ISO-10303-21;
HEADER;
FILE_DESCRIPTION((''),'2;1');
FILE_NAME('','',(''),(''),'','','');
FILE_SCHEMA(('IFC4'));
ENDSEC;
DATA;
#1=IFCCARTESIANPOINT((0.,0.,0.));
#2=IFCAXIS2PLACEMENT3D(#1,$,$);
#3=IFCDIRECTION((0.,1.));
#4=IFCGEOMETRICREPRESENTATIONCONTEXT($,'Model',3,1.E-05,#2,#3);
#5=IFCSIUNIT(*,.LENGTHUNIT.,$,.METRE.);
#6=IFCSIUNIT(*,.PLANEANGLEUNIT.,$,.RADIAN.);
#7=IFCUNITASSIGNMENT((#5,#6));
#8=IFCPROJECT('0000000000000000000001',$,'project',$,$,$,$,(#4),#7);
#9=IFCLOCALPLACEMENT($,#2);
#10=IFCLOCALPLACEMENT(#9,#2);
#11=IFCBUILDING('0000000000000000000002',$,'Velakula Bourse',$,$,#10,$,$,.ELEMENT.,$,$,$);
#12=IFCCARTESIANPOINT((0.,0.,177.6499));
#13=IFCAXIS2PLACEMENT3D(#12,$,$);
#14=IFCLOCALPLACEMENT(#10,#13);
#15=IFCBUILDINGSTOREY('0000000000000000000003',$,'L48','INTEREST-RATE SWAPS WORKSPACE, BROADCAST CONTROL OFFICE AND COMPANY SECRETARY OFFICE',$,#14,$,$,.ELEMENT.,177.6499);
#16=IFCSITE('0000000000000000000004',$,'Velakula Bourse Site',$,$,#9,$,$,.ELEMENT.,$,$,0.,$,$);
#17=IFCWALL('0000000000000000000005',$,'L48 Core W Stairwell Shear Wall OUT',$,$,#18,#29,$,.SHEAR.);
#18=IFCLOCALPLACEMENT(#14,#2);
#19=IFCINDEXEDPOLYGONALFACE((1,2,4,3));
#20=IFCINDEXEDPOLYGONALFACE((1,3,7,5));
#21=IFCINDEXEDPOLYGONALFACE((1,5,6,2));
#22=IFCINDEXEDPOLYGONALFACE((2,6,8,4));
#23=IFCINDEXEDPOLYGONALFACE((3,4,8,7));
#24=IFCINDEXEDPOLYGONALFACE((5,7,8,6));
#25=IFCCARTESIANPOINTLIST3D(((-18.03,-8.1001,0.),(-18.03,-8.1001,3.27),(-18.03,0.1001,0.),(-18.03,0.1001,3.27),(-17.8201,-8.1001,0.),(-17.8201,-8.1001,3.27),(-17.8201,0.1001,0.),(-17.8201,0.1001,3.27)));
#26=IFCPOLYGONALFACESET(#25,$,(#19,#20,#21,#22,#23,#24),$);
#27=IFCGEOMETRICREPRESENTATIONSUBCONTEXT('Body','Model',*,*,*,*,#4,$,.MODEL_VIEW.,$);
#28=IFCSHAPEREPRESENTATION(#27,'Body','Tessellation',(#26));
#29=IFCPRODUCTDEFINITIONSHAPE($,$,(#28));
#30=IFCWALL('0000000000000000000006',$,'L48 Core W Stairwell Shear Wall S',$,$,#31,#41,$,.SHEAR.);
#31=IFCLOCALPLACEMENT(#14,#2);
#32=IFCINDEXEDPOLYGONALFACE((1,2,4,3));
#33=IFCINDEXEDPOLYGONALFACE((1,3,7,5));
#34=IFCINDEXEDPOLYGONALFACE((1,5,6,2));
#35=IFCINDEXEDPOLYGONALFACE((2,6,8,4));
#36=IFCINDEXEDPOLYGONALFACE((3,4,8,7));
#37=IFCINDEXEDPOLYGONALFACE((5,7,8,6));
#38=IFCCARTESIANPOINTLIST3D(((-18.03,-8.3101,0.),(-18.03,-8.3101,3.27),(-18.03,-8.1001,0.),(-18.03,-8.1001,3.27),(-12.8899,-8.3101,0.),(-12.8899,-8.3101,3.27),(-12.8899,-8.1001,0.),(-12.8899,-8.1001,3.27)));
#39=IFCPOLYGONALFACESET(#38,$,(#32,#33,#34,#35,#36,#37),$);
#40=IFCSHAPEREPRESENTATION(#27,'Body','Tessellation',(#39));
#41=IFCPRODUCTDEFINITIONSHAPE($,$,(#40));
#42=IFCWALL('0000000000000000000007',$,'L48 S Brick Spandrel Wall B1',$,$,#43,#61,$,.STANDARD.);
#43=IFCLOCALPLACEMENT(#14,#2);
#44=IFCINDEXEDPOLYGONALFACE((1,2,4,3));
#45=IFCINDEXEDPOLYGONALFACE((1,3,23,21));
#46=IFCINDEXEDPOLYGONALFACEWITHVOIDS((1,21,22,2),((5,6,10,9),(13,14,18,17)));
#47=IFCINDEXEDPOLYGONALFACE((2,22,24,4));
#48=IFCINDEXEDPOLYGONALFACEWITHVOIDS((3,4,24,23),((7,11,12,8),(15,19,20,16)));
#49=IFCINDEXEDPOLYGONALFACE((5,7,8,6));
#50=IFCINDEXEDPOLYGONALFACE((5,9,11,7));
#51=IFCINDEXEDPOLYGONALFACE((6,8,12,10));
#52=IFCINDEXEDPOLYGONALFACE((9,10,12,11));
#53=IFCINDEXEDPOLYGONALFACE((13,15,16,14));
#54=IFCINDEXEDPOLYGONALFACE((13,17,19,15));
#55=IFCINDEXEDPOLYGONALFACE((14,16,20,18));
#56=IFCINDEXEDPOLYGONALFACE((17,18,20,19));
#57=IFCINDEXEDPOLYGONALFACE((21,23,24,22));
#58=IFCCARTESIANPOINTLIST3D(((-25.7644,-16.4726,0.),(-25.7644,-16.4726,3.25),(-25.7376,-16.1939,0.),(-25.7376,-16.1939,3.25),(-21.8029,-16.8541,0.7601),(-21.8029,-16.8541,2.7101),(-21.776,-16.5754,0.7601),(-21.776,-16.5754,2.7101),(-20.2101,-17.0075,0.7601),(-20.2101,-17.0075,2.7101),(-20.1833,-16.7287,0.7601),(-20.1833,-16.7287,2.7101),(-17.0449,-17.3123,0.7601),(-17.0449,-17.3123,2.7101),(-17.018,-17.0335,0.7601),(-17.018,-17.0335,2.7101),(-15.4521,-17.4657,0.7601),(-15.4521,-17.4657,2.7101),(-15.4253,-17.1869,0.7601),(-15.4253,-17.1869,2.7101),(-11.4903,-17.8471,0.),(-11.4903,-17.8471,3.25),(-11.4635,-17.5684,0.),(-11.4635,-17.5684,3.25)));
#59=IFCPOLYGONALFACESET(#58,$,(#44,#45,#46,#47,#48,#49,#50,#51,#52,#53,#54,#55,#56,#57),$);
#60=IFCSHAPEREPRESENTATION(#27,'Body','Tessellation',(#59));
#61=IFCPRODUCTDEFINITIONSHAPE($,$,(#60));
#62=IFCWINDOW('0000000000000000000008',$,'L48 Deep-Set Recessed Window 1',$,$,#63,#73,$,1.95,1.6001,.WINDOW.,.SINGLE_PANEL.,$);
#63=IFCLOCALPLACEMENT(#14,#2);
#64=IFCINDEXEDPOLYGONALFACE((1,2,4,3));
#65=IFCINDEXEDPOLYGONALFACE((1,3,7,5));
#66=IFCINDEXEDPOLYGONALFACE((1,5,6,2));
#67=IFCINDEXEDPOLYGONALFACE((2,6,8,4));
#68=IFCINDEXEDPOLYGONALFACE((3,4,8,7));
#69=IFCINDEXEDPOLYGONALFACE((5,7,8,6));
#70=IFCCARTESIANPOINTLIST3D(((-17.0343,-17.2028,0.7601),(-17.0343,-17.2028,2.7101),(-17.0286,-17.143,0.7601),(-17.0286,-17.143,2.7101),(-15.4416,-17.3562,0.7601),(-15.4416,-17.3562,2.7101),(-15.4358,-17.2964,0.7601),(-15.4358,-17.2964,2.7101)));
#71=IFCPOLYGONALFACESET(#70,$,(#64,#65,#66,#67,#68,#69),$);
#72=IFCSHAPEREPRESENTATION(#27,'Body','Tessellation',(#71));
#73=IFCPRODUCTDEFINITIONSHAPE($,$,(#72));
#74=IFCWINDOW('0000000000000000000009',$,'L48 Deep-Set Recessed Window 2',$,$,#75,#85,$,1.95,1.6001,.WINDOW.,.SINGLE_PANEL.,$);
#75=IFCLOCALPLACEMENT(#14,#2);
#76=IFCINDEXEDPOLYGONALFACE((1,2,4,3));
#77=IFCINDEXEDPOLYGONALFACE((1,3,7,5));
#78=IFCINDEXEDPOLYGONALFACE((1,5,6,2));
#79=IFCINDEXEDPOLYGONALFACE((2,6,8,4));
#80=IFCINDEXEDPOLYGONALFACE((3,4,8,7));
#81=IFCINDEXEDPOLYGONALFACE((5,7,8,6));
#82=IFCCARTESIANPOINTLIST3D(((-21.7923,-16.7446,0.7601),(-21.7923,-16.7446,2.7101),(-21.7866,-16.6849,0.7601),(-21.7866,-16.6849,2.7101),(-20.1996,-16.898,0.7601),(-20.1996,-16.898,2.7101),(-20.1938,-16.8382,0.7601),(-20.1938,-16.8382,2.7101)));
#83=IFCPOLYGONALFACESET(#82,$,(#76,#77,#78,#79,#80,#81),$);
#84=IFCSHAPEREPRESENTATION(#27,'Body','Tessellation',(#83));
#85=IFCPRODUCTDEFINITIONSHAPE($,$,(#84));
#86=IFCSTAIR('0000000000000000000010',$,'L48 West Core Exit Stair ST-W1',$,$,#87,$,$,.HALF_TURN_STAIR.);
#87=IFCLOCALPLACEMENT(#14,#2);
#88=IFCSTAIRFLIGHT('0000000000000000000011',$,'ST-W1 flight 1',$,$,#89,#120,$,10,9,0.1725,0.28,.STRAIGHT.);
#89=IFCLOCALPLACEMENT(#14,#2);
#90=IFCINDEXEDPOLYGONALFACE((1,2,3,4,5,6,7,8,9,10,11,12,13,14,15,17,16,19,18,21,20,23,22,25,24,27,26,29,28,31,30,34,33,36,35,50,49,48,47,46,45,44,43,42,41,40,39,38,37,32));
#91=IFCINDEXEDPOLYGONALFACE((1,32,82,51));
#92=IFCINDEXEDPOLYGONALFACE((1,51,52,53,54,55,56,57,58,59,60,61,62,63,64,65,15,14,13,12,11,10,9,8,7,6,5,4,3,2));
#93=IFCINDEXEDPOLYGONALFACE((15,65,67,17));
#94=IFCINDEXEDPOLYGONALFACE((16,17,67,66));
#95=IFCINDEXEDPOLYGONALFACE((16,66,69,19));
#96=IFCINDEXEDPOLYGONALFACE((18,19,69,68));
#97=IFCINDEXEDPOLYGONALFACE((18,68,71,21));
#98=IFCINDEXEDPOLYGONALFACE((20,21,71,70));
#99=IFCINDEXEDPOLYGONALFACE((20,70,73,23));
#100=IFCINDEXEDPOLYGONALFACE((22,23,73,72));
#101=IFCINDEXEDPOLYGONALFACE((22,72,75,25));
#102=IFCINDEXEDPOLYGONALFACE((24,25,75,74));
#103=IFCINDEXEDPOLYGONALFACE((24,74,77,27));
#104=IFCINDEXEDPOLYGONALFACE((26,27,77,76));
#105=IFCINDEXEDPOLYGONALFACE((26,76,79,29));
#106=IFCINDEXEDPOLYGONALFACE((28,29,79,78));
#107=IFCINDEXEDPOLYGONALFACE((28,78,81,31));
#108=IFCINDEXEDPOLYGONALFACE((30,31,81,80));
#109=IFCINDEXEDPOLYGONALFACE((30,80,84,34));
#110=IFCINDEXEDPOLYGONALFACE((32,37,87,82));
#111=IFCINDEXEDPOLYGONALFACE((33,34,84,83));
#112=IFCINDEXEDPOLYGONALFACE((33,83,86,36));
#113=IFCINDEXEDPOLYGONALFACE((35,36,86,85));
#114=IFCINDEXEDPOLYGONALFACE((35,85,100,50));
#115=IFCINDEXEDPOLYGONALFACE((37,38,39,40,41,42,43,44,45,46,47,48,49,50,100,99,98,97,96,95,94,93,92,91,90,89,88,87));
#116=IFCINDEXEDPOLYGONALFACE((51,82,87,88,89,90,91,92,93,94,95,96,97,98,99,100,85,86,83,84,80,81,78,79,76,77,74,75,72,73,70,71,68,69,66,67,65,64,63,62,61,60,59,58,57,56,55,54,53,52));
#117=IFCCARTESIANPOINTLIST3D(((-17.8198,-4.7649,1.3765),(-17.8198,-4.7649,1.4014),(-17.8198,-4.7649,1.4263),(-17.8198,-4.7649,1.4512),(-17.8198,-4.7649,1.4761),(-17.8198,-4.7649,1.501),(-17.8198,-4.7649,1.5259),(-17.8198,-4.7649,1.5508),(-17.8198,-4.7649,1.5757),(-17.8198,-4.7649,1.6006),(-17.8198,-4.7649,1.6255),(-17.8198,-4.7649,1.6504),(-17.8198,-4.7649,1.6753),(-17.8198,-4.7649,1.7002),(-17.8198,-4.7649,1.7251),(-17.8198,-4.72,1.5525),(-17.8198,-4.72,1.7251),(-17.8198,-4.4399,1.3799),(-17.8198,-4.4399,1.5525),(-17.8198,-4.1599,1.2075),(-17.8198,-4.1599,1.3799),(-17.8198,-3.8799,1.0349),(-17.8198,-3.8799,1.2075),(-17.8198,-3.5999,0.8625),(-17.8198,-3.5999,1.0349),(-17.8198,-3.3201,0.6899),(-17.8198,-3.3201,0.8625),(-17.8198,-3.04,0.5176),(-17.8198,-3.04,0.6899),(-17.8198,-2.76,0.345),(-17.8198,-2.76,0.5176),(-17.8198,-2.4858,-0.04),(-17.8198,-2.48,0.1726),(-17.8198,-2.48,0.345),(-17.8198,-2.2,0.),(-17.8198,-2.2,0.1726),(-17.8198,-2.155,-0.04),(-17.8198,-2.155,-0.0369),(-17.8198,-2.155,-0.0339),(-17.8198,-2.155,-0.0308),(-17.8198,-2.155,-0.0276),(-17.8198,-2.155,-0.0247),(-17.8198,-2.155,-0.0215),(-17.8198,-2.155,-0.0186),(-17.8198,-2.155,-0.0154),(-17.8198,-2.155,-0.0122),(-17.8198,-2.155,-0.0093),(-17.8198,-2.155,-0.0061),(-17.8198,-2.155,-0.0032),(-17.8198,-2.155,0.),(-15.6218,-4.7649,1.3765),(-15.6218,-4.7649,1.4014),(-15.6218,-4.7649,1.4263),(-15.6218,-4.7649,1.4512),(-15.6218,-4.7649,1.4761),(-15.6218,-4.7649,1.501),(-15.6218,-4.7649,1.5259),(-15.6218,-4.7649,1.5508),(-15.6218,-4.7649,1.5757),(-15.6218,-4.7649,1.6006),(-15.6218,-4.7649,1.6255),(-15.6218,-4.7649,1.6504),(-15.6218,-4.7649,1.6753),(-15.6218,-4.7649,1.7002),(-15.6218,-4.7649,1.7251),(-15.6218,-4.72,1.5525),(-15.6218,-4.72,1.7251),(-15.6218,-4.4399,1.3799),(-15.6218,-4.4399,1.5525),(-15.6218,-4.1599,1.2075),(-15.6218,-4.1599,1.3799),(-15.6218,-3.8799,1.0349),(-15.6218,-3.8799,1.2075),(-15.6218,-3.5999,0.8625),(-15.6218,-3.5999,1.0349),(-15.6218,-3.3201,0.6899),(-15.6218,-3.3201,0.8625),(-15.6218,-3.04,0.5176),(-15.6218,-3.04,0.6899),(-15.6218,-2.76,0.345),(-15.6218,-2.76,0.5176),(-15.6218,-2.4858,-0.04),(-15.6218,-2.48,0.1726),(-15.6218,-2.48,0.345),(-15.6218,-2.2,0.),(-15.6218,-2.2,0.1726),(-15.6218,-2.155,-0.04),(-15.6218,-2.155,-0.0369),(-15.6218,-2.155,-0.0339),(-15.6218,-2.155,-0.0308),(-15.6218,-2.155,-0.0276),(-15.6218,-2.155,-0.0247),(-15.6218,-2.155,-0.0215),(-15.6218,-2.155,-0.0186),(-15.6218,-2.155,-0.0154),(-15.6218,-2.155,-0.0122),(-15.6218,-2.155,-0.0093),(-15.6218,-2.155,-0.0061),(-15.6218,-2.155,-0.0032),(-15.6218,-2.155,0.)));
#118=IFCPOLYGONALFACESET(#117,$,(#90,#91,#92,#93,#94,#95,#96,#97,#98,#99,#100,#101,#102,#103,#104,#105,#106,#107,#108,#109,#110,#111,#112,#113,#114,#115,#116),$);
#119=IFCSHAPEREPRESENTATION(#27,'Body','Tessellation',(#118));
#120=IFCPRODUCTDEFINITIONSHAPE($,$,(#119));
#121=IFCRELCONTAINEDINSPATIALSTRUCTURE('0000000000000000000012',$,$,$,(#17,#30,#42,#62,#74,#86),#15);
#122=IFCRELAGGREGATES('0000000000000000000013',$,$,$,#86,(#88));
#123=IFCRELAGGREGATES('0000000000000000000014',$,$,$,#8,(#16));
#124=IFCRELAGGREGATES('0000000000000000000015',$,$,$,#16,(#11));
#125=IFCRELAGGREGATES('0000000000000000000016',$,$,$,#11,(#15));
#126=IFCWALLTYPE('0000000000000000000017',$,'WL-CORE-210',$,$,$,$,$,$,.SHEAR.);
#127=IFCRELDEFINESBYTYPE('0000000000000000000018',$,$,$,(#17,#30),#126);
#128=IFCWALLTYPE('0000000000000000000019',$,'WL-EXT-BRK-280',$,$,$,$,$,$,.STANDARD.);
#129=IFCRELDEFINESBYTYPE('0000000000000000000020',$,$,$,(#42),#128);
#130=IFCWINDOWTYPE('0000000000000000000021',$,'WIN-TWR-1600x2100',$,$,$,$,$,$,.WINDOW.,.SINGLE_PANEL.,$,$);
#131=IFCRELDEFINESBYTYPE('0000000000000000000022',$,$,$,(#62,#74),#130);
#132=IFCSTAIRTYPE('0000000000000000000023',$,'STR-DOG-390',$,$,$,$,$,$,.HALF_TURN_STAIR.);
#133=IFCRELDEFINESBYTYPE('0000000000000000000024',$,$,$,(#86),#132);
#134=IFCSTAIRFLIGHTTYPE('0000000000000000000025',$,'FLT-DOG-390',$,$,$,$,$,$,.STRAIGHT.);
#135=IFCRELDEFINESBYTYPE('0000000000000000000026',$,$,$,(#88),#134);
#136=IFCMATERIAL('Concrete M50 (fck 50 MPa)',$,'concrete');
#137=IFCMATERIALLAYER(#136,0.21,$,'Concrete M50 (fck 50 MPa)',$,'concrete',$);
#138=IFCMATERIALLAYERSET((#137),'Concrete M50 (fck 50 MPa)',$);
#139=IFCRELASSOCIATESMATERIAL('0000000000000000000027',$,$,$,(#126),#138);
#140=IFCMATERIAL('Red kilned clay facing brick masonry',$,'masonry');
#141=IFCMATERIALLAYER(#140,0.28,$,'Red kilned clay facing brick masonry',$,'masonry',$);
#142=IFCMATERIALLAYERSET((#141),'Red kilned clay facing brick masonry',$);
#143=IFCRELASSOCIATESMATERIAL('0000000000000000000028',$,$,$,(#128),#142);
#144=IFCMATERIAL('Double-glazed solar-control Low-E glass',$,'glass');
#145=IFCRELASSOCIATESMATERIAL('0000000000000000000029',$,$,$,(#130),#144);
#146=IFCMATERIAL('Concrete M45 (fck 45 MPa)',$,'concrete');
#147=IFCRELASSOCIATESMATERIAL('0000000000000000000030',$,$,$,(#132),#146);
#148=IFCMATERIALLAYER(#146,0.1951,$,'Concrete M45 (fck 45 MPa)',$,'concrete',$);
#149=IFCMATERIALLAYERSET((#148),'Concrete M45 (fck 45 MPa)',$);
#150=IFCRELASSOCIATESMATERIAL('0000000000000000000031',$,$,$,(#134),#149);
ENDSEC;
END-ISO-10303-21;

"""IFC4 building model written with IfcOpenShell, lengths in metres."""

from ifc_helpers import new_model, si_unit, direction, frame, frame_2d, origin, place, context, subcontext, project, spatial, polyline, rectangle, outline, extrude, material, layer, layer_set, type_object, element, fill, aggregate, save


model = new_model("IFC4")

# Units and contexts
model_context = context("Model", 3, precision=1e-05, world=origin(), true_north=direction((0.0, 1.0)))
body_context = subcontext(model_context, "Body", "Model", "MODEL_VIEW")
ifc_project = project(units=[si_unit("LENGTHUNIT", "METRE"), si_unit("PLANEANGLEUNIT", "RADIAN")], contexts=[model_context])

# Site, building, storey
site_placement = place(None, origin())
site = spatial("IfcSite", under=ifc_project, at=site_placement, Name="Velakula Bourse Site", CompositionType="ELEMENT", RefElevation=0.0)
building_placement = place(site_placement, origin())
building = spatial("IfcBuilding", under=site, at=building_placement, Name="Velakula Bourse", CompositionType="ELEMENT")
storey_placement = place(building_placement, frame((0.0, 0.0, 177.6499)))
storey = spatial("IfcBuildingStorey", under=building, at=storey_placement, Name="L48", Description="INTEREST-RATE SWAPS WORKSPACE, BROADCAST CONTROL OFFICE AND COMPANY SECRETARY OFFICE", CompositionType="ELEMENT", Elevation=177.6499)

# Shared definitions
ifc_material_1 = material(Name="Concrete M50 (fck 50 MPa)", Category="concrete")
ifc_layer_1 = layer(ifc_material_1, 0.21, Name="Concrete M50 (fck 50 MPa)", Category="concrete")
ifc_layer_set_1 = layer_set([ifc_layer_1], Name="Concrete M50 (fck 50 MPa)")
wall_type_1 = type_object("IfcWallType", Name="WL-CORE-210", PredefinedType="SHEAR", material=ifc_layer_set_1)

# Walls
wall_1_placement = place(storey_placement, frame((-17.925, -8.1001, 0.0), z_axis=(0.0, 0.0, 1.0), x_axis=(0.0, 1.0, 0.0)))
element("IfcWall", 1, at=wall_1_placement, inside=storey, type_object=wall_type_1, Name="L48 Core W Stairwell Shear Wall OUT", PredefinedType="SHEAR", context=body_context, shape_type="SweptSolid", body=[
    extrude(rectangle(XDim=8.2002, YDim=0.21, at=frame_2d((4.1001, 0.0))), origin(), (0.0, 0.0, 1.0), 3.27),
])
wall_2_placement = place(storey_placement, frame((-18.03, -8.2051, 0.0), z_axis=(0.0, 0.0, 1.0), x_axis=(1.0, 0.0, 0.0)))
element("IfcWall", 2, at=wall_2_placement, inside=storey, type_object=wall_type_1, Name="L48 Core W Stairwell Shear Wall S", PredefinedType="SHEAR", context=body_context, shape_type="SweptSolid", body=[
    extrude(rectangle(XDim=5.1401, YDim=0.21, at=frame_2d((2.5701, 0.0))), origin(), (0.0, 0.0, 1.0), 3.27),
])

# Wall, openings, windows
ifc_material_2 = material(Name="Red kilned clay facing brick masonry", Category="masonry")
ifc_layer_2 = layer(ifc_material_2, 0.28, Name="Red kilned clay facing brick masonry", Category="masonry")
ifc_layer_set_2 = layer_set([ifc_layer_2], Name="Red kilned clay facing brick masonry")
wall_type_2 = type_object("IfcWallType", Name="WL-EXT-BRK-280", PredefinedType="STANDARD", material=ifc_layer_set_2)
wall_3_placement = place(storey_placement, frame((-11.4771, -17.7078, 0.0), z_axis=(0.0, 0.0, 1.0), x_axis=(-0.995396, 0.09585, 0.0)))
wall_3 = element("IfcWall", 3, at=wall_3_placement, inside=storey, type_object=wall_type_2, Name="L48 S Brick Spandrel Wall B1", PredefinedType="STANDARD", context=body_context, shape_type="SweptSolid", body=[
    extrude(rectangle(XDim=14.3401, YDim=0.28, at=frame_2d((7.1699, 0.0))), origin(), (0.0, 0.0, 1.0), 3.25),
])
opening_1_placement = place(wall_3_placement, frame((3.98, 0.0, 0.76)))
opening_1 = element("IfcOpeningElement", 4, at=opening_1_placement, cuts=wall_3, PredefinedType="OPENING", context=body_context, shape_type="SweptSolid", body=[
    extrude(rectangle(XDim=1.6001, YDim=1.95, at=frame_2d((0.8, 0.9751))), frame((0.0, 0.1499, 0.0), z_axis=(0.0, -1.0, 0.0), x_axis=(1.0, 0.0, 0.0)), (0.0, 0.0, 1.0), 0.3),
])
opening_2_placement = place(wall_3_placement, frame((8.76, 0.0, 0.76)))
opening_2 = element("IfcOpeningElement", 5, at=opening_2_placement, cuts=wall_3, PredefinedType="OPENING", context=body_context, shape_type="SweptSolid", body=[
    extrude(rectangle(XDim=1.6001, YDim=1.95, at=frame_2d((0.8, 0.9751))), frame((0.0, 0.1499, 0.0), z_axis=(0.0, -1.0, 0.0), x_axis=(1.0, 0.0, 0.0)), (0.0, 0.0, 1.0), 0.3),
])
ifc_material_3 = material(Name="Double-glazed solar-control Low-E glass", Category="glass")
window_type = type_object("IfcWindowType", Name="WIN-TWR-1600x2100", PartitioningType="SINGLE_PANEL", PredefinedType="WINDOW", material=ifc_material_3)
window_1_placement = place(opening_1_placement, origin())
window_1 = element("IfcWindow", 6, at=window_1_placement, inside=storey, type_object=window_type, Name="L48 Deep-Set Recessed Window 1", OverallHeight=1.95, OverallWidth=1.6001, PartitioningType="SINGLE_PANEL", PredefinedType="WINDOW", context=body_context, shape_type="SweptSolid", body=[
    extrude(rectangle(XDim=1.6001, YDim=1.95, at=frame_2d((0.8, 0.9751))), frame((0.0, 0.03, 0.0), z_axis=(0.0, -1.0, 0.0), x_axis=(1.0, 0.0, 0.0)), (0.0, 0.0, 1.0), 0.0601),
])
fill(opening_1, window_1)
window_2_placement = place(opening_2_placement, origin())
window_2 = element("IfcWindow", 7, at=window_2_placement, inside=storey, type_object=window_type, Name="L48 Deep-Set Recessed Window 2", OverallHeight=1.95, OverallWidth=1.6001, PartitioningType="SINGLE_PANEL", PredefinedType="WINDOW", context=body_context, shape_type="SweptSolid", body=[
    extrude(rectangle(XDim=1.6001, YDim=1.95, at=frame_2d((0.8, 0.9751))), frame((0.0, 0.03, 0.0), z_axis=(0.0, -1.0, 0.0), x_axis=(1.0, 0.0, 0.0)), (0.0, 0.0, 1.0), 0.0601),
])
fill(opening_2, window_2)

# Stair, stair flight
ifc_material_4 = material(Name="Concrete M45 (fck 45 MPa)", Category="concrete")
stair_type = type_object("IfcStairType", Name="STR-DOG-390", PredefinedType="HALF_TURN_STAIR", material=ifc_material_4)
stair_placement = place(storey_placement, origin())
stair = element("IfcStair", 8, at=stair_placement, inside=storey, type_object=stair_type, Name="L48 West Core Exit Stair ST-W1", PredefinedType="HALF_TURN_STAIR")
ifc_layer_3 = layer(ifc_material_4, 0.1951, Name="Concrete M45 (fck 45 MPa)", Category="concrete")
ifc_layer_set_3 = layer_set([ifc_layer_3], Name="Concrete M45 (fck 45 MPa)")
stair_flight_type = type_object("IfcStairFlightType", Name="FLT-DOG-390", PredefinedType="STRAIGHT", material=ifc_layer_set_3)
stair_flight_1_placement = place(storey_placement, frame((-16.7209, -2.2, 0.0), z_axis=(0.0, 0.0, 1.0), x_axis=(0.0, -1.0, 0.0)))
stair_flight_1 = element("IfcStairFlight", 9, at=stair_flight_1_placement, type_object=stair_flight_type, Name="ST-W1 flight 1", NumberOfRisers=10, NumberOfTreads=9, PredefinedType="STRAIGHT", RiserHeight=0.1725, TreadLength=0.28, context=body_context, shape_type="SweptSolid", body=[
    extrude(outline(polyline([(-0.0449, -0.04), (-0.0449, -0.0369), (-0.0449, -0.0339), (-0.0449, -0.0308), (-0.0449, -0.0276), (-0.0449, -0.0247), (-0.0449, -0.0215), (-0.0449, -0.0186), (-0.0449, -0.0154), (-0.0449, -0.0122), (-0.0449, -0.0093), (-0.0449, -0.0061), (-0.0449, -0.0032), (-0.0449, 0.0), (0.0, 0.0), (0.0, 0.1726), (0.28, 0.1726), (0.28, 0.345), (0.5601, 0.345), (0.5601, 0.5176), (0.8401, 0.5176), (0.8401, 0.6899), (1.1201, 0.6899), (1.1201, 0.8625), (1.3999, 0.8625), (1.3999, 1.0349), (1.6799, 1.0349), (1.6799, 1.2075), (1.96, 1.2075), (1.96, 1.3799), (2.24, 1.3799), (2.24, 1.5525), (2.52, 1.5525), (2.52, 1.7251), (2.5649, 1.7251), (2.5649, 1.7002), (2.5649, 1.6753), (2.5649, 1.6504), (2.5649, 1.6255), (2.5649, 1.6006), (2.5649, 1.5757), (2.5649, 1.5508), (2.5649, 1.5259), (2.5649, 1.501), (2.5649, 1.4761), (2.5649, 1.4512), (2.5649, 1.4263), (2.5649, 1.4014), (2.5649, 1.3765), (0.2859, -0.04), (-0.0449, -0.04)])), frame((0.0, 1.0991, 0.0), z_axis=(0.0, -1.0, 0.0), x_axis=(1.0, 0.0, 0.0)), (0.0, 0.0, 1.0), 2.198),
])
aggregate(stair, [stair_flight_1])

save(model, "model.ifc")
